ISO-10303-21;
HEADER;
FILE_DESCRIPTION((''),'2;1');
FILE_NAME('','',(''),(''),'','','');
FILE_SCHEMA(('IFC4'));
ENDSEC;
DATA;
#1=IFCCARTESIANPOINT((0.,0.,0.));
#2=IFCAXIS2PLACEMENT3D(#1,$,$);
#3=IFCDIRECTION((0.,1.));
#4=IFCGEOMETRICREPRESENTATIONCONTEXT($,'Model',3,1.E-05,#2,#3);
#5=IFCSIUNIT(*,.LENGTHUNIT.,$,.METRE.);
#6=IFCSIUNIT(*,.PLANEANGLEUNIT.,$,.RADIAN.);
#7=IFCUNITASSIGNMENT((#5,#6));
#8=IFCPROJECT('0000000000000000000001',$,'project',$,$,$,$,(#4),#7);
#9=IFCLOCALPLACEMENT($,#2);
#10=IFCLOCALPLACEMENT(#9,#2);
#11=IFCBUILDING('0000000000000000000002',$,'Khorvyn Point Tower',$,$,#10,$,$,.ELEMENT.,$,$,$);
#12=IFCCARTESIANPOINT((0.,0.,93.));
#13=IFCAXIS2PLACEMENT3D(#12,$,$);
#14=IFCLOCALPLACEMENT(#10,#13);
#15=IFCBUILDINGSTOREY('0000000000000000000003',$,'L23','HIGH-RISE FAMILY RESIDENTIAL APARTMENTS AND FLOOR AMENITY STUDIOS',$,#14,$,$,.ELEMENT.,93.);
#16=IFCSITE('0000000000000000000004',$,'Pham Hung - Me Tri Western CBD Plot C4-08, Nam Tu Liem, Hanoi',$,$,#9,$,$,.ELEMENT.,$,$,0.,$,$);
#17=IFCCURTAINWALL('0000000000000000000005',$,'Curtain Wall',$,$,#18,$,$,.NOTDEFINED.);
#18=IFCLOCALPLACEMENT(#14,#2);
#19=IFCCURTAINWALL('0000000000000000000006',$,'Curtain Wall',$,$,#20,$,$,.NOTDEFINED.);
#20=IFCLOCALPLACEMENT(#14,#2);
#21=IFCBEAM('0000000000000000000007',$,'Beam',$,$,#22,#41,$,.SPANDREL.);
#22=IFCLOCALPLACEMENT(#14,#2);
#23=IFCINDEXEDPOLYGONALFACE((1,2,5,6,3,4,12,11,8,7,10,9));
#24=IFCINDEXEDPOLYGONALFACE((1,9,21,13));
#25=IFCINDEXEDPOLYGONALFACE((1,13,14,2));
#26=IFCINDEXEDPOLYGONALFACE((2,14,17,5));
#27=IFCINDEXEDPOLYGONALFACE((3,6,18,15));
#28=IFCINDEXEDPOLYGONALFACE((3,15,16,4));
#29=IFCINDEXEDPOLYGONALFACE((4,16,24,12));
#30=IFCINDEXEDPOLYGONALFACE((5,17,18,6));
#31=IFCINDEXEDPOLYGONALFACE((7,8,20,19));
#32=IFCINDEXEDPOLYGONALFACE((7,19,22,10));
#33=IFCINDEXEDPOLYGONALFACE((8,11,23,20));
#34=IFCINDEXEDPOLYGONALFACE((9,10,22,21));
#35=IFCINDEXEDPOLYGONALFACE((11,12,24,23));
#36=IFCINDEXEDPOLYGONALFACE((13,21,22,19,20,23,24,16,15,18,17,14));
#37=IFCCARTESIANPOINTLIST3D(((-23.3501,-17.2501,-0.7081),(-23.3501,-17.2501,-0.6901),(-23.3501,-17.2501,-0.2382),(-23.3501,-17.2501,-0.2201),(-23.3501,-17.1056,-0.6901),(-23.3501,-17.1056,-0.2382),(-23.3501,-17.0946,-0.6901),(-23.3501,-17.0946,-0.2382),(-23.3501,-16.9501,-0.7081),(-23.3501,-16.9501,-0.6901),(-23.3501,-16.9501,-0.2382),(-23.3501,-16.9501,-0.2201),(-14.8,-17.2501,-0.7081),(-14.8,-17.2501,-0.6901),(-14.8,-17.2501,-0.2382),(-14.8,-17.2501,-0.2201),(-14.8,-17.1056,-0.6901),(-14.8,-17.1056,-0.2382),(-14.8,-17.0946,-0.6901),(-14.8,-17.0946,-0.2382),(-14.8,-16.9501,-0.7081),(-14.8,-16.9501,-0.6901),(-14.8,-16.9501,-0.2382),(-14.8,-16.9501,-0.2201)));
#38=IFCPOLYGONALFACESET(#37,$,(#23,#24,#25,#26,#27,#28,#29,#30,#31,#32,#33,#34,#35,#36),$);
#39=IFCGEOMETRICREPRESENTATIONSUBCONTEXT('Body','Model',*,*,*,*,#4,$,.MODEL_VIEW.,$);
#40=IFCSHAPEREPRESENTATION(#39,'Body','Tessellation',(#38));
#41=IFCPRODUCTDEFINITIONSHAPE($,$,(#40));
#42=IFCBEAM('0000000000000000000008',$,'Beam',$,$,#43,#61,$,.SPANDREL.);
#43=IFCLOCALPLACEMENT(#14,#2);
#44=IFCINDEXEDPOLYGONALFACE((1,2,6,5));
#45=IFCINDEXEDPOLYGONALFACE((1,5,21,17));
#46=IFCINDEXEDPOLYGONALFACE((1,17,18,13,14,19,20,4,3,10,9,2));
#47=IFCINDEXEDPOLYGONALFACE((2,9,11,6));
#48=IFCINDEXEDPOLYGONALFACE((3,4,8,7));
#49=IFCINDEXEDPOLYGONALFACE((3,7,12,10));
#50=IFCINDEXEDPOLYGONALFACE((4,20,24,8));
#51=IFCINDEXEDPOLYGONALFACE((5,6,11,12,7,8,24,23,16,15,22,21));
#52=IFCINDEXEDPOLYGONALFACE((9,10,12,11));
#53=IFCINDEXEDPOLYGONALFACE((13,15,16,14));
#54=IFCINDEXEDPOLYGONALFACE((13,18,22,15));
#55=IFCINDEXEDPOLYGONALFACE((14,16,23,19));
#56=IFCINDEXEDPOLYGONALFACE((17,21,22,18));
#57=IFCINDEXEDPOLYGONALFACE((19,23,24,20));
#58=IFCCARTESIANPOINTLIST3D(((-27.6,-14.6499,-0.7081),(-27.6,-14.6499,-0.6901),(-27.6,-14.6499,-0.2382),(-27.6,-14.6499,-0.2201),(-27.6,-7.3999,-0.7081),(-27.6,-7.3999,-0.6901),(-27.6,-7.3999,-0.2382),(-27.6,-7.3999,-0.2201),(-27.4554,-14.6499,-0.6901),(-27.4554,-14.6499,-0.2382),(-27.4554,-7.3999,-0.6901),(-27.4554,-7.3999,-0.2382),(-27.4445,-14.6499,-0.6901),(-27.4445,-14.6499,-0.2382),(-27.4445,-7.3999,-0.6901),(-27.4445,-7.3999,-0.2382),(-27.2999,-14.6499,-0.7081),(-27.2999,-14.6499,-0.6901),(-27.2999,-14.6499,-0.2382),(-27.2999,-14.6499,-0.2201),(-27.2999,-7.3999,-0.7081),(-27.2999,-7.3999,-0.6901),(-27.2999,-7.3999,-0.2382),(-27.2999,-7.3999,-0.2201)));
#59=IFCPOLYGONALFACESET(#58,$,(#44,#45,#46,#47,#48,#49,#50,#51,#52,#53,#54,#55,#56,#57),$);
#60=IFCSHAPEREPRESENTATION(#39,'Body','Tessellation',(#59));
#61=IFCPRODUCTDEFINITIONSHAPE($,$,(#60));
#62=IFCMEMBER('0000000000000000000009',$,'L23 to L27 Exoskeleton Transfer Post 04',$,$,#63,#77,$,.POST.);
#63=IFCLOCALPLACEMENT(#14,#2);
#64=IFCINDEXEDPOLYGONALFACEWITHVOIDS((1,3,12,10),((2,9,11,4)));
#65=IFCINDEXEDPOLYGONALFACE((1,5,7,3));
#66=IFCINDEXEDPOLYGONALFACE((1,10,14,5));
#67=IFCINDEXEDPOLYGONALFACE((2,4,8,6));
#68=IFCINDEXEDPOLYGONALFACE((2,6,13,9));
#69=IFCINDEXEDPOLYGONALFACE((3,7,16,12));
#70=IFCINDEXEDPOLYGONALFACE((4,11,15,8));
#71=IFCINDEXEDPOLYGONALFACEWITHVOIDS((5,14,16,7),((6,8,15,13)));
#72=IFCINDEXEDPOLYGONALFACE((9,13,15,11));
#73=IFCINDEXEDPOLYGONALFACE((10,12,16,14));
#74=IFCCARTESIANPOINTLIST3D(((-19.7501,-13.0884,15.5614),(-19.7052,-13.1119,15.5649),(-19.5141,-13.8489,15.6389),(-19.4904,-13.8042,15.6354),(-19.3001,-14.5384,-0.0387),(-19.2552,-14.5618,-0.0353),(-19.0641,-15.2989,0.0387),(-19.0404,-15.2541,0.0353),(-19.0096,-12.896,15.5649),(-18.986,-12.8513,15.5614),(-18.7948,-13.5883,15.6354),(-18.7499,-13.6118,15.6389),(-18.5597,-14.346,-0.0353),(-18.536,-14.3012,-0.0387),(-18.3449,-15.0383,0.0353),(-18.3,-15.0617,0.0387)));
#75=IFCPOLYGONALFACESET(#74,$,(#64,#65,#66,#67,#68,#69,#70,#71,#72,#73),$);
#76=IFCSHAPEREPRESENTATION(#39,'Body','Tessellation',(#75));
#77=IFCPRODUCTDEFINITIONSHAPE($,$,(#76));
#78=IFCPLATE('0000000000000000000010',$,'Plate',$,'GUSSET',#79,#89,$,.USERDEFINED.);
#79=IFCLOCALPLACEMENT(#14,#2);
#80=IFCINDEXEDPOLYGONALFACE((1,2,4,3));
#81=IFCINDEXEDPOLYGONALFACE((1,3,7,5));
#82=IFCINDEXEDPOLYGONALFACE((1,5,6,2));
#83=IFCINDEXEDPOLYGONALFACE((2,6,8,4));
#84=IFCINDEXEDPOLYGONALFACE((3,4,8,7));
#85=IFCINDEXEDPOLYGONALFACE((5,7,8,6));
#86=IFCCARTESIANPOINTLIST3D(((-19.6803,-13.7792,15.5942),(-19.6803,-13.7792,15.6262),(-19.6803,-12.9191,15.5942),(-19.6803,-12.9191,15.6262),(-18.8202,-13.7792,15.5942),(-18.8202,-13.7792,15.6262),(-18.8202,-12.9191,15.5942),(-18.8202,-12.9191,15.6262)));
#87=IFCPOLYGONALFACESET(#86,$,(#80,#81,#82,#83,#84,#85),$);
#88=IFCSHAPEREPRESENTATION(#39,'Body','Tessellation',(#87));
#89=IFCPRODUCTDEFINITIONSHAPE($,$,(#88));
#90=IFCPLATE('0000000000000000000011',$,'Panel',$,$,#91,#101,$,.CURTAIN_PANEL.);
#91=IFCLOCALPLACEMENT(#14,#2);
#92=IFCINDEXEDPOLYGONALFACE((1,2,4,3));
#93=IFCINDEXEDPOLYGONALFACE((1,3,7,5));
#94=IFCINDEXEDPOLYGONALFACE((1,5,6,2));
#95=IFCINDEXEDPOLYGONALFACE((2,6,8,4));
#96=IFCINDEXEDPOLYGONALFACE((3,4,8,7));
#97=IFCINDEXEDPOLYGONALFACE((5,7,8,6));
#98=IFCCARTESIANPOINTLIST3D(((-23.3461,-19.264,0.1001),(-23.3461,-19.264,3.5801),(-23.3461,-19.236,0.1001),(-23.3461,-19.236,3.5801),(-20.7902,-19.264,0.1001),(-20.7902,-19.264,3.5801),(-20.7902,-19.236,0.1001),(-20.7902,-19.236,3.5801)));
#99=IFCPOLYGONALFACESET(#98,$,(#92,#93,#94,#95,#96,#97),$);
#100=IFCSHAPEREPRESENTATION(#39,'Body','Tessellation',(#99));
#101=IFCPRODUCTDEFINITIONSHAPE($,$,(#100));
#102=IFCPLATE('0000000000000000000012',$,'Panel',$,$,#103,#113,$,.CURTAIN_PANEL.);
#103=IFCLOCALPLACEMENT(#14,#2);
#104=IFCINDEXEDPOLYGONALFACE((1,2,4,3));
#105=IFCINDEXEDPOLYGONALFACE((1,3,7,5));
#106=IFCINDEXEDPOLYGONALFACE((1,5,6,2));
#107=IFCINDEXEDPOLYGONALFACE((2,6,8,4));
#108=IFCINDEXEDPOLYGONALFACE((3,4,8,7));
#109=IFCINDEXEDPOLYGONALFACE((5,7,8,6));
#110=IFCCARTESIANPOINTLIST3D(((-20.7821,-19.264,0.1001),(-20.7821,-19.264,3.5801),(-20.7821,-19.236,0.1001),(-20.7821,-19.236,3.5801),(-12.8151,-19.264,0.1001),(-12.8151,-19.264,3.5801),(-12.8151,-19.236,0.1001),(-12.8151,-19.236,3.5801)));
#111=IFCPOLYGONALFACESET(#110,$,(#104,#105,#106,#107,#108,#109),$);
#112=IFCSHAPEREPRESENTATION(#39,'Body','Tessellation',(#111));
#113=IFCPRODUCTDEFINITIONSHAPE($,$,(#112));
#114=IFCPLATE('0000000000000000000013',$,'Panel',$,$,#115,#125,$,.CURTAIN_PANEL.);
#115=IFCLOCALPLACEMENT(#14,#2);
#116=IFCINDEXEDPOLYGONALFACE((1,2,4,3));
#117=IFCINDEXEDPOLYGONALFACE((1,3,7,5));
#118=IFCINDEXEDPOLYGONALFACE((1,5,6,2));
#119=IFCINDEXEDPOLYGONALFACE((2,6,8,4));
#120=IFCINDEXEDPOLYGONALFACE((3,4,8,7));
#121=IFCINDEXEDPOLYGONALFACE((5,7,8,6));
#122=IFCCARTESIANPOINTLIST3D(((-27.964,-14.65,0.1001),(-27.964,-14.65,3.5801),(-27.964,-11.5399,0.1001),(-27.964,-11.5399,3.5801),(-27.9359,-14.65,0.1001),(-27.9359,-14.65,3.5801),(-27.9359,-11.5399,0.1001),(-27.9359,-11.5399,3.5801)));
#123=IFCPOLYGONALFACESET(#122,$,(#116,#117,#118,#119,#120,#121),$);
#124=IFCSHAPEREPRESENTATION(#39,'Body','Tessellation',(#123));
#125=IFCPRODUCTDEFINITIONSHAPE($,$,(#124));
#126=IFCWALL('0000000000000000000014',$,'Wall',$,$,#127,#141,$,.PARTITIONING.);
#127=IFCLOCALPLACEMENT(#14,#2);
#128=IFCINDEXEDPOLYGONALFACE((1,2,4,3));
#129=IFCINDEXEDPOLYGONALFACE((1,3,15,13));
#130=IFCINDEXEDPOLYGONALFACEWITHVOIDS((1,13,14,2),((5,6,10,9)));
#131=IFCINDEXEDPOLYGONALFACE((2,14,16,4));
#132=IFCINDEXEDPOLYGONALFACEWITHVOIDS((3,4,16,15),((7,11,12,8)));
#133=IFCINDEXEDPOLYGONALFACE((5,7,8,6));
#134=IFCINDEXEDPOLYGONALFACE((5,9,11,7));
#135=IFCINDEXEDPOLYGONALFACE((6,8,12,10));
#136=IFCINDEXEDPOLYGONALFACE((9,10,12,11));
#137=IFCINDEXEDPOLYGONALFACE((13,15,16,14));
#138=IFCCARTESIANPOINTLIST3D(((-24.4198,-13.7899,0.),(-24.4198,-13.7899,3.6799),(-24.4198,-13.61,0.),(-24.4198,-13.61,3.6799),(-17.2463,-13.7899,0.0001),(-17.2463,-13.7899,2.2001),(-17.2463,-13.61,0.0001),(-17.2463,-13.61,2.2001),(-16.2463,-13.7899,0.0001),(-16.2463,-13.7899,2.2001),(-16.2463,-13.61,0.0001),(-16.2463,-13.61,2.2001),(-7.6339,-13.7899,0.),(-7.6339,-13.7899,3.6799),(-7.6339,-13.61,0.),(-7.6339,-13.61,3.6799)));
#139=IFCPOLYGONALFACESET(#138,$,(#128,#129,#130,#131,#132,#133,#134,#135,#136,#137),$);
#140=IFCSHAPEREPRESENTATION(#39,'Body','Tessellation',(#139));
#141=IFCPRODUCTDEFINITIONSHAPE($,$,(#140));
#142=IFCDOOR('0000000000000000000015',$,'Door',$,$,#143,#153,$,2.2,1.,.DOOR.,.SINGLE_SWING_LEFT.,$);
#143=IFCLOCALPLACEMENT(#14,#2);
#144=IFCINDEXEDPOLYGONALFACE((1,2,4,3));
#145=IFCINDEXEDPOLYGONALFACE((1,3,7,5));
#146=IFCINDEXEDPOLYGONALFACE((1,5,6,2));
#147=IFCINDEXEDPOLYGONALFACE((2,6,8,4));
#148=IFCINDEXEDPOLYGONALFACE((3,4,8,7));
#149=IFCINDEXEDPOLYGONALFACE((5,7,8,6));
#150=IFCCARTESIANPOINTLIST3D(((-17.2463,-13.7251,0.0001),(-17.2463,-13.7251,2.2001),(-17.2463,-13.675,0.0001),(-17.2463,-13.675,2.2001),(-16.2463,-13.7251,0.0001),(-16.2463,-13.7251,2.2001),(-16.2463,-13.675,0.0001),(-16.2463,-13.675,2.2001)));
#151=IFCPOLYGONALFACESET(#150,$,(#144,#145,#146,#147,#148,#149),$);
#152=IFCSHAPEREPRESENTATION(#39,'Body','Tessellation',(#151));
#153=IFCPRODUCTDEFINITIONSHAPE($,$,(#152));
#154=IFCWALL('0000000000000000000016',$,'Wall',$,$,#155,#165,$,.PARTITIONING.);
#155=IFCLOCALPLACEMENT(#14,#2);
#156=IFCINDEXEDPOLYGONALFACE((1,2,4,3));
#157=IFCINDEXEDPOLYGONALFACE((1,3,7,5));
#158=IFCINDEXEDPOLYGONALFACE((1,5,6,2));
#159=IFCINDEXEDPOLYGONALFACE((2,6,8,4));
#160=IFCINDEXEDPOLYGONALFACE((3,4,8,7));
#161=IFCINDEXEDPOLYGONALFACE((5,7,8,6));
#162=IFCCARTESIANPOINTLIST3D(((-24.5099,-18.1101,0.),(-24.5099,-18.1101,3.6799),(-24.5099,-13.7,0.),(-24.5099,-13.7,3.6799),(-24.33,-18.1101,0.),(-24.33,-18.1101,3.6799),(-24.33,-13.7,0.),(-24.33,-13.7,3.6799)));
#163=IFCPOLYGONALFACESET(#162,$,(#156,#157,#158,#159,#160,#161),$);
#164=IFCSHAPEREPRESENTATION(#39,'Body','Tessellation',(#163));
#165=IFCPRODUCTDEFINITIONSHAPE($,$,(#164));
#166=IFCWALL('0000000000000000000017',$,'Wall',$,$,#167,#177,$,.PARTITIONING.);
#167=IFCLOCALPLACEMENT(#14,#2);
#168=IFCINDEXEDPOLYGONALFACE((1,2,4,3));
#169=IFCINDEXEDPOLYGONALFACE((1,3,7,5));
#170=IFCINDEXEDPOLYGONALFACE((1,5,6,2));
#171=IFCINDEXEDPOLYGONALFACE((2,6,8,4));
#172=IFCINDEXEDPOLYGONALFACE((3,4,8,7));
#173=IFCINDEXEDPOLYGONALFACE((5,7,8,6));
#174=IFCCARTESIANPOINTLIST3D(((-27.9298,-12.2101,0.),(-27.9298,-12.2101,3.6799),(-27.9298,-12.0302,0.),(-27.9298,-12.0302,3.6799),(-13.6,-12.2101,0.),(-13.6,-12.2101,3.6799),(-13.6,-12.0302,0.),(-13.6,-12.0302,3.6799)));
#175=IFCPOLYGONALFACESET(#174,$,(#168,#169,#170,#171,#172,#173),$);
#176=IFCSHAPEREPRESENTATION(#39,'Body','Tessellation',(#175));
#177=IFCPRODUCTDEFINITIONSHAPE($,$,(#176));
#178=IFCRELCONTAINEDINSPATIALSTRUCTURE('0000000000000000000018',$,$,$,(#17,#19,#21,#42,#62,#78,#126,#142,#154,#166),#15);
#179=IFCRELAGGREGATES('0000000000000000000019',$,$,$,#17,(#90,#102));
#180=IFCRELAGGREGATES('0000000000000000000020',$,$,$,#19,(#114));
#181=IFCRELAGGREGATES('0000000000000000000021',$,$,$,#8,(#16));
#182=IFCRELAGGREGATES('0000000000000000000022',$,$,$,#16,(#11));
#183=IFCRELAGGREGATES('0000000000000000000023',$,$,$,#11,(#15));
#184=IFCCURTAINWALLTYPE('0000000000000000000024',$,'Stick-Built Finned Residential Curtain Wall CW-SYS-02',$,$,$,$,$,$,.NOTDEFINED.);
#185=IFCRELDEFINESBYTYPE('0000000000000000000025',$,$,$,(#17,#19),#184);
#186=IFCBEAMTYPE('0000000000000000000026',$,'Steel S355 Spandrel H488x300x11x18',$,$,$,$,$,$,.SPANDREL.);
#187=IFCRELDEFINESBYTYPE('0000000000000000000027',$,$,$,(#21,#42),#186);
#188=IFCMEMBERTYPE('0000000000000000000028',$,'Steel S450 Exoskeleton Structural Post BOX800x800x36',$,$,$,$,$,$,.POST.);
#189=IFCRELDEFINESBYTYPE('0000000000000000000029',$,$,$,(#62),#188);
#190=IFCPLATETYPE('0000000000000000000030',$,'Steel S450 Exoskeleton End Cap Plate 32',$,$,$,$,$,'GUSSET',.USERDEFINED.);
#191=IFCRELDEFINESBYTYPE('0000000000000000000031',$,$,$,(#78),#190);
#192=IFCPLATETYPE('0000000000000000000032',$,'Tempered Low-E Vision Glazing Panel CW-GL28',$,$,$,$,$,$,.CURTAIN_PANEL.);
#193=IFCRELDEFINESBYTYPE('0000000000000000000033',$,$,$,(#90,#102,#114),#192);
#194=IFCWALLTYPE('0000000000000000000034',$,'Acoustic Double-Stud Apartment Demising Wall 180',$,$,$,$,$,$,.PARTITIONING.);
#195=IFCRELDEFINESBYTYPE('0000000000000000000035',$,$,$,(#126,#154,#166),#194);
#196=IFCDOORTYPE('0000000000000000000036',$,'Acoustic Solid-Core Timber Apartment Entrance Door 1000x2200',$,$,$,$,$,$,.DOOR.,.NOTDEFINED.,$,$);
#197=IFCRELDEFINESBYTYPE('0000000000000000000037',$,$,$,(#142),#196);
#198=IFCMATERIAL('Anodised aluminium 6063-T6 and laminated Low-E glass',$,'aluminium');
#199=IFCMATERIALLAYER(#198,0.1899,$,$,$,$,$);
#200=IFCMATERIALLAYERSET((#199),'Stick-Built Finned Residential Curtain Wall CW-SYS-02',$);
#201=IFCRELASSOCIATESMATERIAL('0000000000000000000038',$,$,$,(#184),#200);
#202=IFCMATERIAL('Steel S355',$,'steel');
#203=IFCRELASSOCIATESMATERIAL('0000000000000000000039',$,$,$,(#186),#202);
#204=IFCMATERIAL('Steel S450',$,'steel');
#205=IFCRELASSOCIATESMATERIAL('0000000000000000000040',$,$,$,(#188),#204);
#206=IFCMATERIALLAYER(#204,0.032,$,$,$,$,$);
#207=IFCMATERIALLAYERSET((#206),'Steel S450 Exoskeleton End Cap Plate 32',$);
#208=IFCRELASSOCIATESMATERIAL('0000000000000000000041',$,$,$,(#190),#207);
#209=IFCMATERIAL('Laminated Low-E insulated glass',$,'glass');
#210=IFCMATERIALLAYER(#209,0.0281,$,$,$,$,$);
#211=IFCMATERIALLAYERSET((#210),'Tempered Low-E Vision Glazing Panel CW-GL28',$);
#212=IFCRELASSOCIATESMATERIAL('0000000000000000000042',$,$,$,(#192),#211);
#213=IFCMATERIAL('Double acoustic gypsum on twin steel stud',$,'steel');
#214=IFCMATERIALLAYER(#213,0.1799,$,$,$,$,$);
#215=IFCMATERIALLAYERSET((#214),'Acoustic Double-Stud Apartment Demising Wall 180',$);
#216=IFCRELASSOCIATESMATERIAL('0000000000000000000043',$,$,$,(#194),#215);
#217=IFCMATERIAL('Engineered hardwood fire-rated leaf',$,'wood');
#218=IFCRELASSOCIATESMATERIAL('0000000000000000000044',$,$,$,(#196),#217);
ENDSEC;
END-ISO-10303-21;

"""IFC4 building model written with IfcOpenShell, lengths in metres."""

from ifc_helpers import new_model, si_unit, direction, frame, frame_2d, origin, origin_2d, place, context, subcontext, project, spatial, rectangle, hollow_rectangle, i_section, extrude, material, layer, layer_set, material_profile, profile_set, type_object, element, fill, aggregate, save


model = new_model("IFC4")

# Units and contexts
model_context = context("Model", 3, precision=1e-05, world=origin(), true_north=direction((0.0, 1.0)))
body_context = subcontext(model_context, "Body", "Model", "MODEL_VIEW")
ifc_project = project(units=[si_unit("LENGTHUNIT", "METRE"), si_unit("PLANEANGLEUNIT", "RADIAN")], contexts=[model_context])

# Site, building, storey
site_placement = place(None, origin())
site = spatial("IfcSite", under=ifc_project, at=site_placement, Name="Pham Hung - Me Tri Western CBD Plot C4-08, Nam Tu Liem, Hanoi", CompositionType="ELEMENT", RefElevation=0.0)
building_placement = place(site_placement, origin())
building = spatial("IfcBuilding", under=site, at=building_placement, Name="Khorvyn Point Tower", CompositionType="ELEMENT")
storey_placement = place(building_placement, frame((0.0, 0.0, 93.0)))
storey = spatial("IfcBuildingStorey", under=building, at=storey_placement, Name="L23", Description="HIGH-RISE FAMILY RESIDENTIAL APARTMENTS AND FLOOR AMENITY STUDIOS", CompositionType="ELEMENT", Elevation=93.0)

# Shared definitions
ifc_material_1 = material(Name="Steel S450", Category="steel")

# Curtain wall
ifc_material_2 = material(Name="Anodised aluminium 6063-T6 and laminated Low-E glass", Category="aluminium")
ifc_layer_1 = layer(ifc_material_2, 0.1899)
ifc_layer_set_1 = layer_set([ifc_layer_1], Name="Stick-Built Finned Residential Curtain Wall CW-SYS-02")
curtain_wall_type = type_object("IfcCurtainWallType", Name="Stick-Built Finned Residential Curtain Wall CW-SYS-02", PredefinedType="NOTDEFINED", material=ifc_layer_set_1)
curtain_wall_1_placement = place(storey_placement, origin())
curtain_wall_1 = element("IfcCurtainWall", 1, at=curtain_wall_1_placement, inside=storey, type_object=curtain_wall_type, Name="Curtain Wall", PredefinedType="NOTDEFINED")

# Curtain wall
curtain_wall_2_placement = place(storey_placement, origin())
curtain_wall_2 = element("IfcCurtainWall", 2, at=curtain_wall_2_placement, inside=storey, type_object=curtain_wall_type, Name="Curtain Wall", PredefinedType="NOTDEFINED")

# Beams
ifc_material_3 = material(Name="Steel S355", Category="steel")
ifc_material_profile_1 = material_profile(ifc_material_3, i_section(OverallWidth=0.3, OverallDepth=0.488, WebThickness=0.011, FlangeThickness=0.0181, at=origin_2d()))
ifc_profile_set_1 = profile_set([ifc_material_profile_1], Name="Steel S355 H488x300x11x18")
beam_type_1 = type_object("IfcBeamType", Name="Steel S355 Spandrel H488x300x11x18", PredefinedType="SPANDREL", material=ifc_profile_set_1)
beam_1_placement = place(storey_placement, frame((-23.3501, -17.1001, -0.4641), z_axis=(1.0, 0.0, 0.0), x_axis=(0.0, 1.0, 0.0)))
element("IfcBeam", 3, at=beam_1_placement, inside=storey, type_object=beam_type_1, Name="Beam", PredefinedType="SPANDREL", context=body_context, shape_type="SweptSolid", body=[
    extrude(i_section(OverallWidth=0.3, OverallDepth=0.488, WebThickness=0.011, FlangeThickness=0.0181, at=origin_2d()), origin(), (0.0, 0.0, 1.0), 8.55),
])
beam_2_placement = place(storey_placement, frame((-27.45, -14.6499, -0.4641), z_axis=(0.0, 1.0, 0.0), x_axis=(-1.0, 0.0, 0.0)))
element("IfcBeam", 4, at=beam_2_placement, inside=storey, type_object=beam_type_1, Name="Beam", PredefinedType="SPANDREL", context=body_context, shape_type="SweptSolid", body=[
    extrude(i_section(OverallWidth=0.3, OverallDepth=0.488, WebThickness=0.011, FlangeThickness=0.0181, at=origin_2d()), origin(), (0.0, 0.0, 1.0), 7.25),
])

# Member
ifc_material_profile_2 = material_profile(ifc_material_1, hollow_rectangle(XDim=0.8, YDim=0.8, WallThickness=0.0359, at=origin_2d()))
ifc_profile_set_2 = profile_set([ifc_material_profile_2], Name="Steel S450 BOX800x800x36")
member_type_1 = type_object("IfcMemberType", Name="Steel S450 Exoskeleton Structural Post BOX800x800x36", PredefinedType="POST", material=ifc_profile_set_2)
member_1_placement = place(storey_placement, frame((-18.8, -14.8, 0.0), z_axis=(-0.028707, 0.092508, 0.995298), x_axis=(-0.95507, -0.296379, 0.0)))
element("IfcMember", 5, at=member_1_placement, inside=storey, type_object=member_type_1, Name="L23 to L27 Exoskeleton Transfer Post 04", PredefinedType="POST", context=body_context, shape_type="SweptSolid", body=[
    extrude(hollow_rectangle(XDim=0.8, YDim=0.8, WallThickness=0.0359, at=origin_2d()), origin(), (0.0, 0.0, 1.0), 15.6738),
])

# Plates
ifc_layer_2 = layer(ifc_material_1, 0.032)
ifc_layer_set_2 = layer_set([ifc_layer_2], Name="Steel S450 Exoskeleton End Cap Plate 32")
plate_type_1 = type_object("IfcPlateType", Name="Steel S450 Exoskeleton End Cap Plate 32", ElementType="GUSSET", PredefinedType="USERDEFINED", material=ifc_layer_set_2)
plate_1_placement = place(storey_placement, frame((-19.2502, -13.3491, 15.5942), z_axis=(0.0, 0.0, 1.0), x_axis=(1.0, 0.0, 0.0)))
element("IfcPlate", 6, at=plate_1_placement, inside=storey, type_object=plate_type_1, Name="Plate", ObjectType="GUSSET", PredefinedType="USERDEFINED", context=body_context, shape_type="SweptSolid", body=[
    extrude(rectangle(XDim=0.8601, YDim=0.8601, at=origin_2d()), origin(), (0.0, 0.0, 1.0), 0.032),
])
ifc_material_4 = material(Name="Laminated Low-E insulated glass", Category="glass")
ifc_layer_3 = layer(ifc_material_4, 0.0281)
ifc_layer_set_3 = layer_set([ifc_layer_3], Name="Tempered Low-E Vision Glazing Panel CW-GL28")
plate_type_2 = type_object("IfcPlateType", Name="Tempered Low-E Vision Glazing Panel CW-GL28", PredefinedType="CURTAIN_PANEL", material=ifc_layer_set_3)
plate_2_placement = place(storey_placement, frame((-22.0681, -19.25, 0.1001), z_axis=(0.0, 0.0, 1.0), x_axis=(-1.0, 0.0, 0.0)))
plate_2 = element("IfcPlate", 7, at=plate_2_placement, type_object=plate_type_2, Name="Panel", PredefinedType="CURTAIN_PANEL", context=body_context, shape_type="SweptSolid", body=[
    extrude(rectangle(XDim=2.5559, YDim=0.0281, at=origin_2d()), origin(), (0.0, 0.0, 1.0), 3.48),
])
plate_3_placement = place(storey_placement, frame((-16.7986, -19.25, 0.1001), z_axis=(0.0, 0.0, 1.0), x_axis=(-1.0, 0.0, 0.0)))
plate_3 = element("IfcPlate", 8, at=plate_3_placement, type_object=plate_type_2, Name="Panel", PredefinedType="CURTAIN_PANEL", context=body_context, shape_type="SweptSolid", body=[
    extrude(rectangle(XDim=7.967, YDim=0.0281, at=origin_2d()), origin(), (0.0, 0.0, 1.0), 3.48),
])
aggregate(curtain_wall_1, [plate_2, plate_3])
plate_4_placement = place(storey_placement, frame((-27.95, -13.095, 0.1001), z_axis=(0.0, 0.0, 1.0), x_axis=(0.0, 1.0, 0.0)))
plate_4 = element("IfcPlate", 9, at=plate_4_placement, type_object=plate_type_2, Name="Panel", PredefinedType="CURTAIN_PANEL", context=body_context, shape_type="SweptSolid", body=[
    extrude(rectangle(XDim=3.1101, YDim=0.0281, at=origin_2d()), origin(), (0.0, 0.0, 1.0), 3.48),
])
aggregate(curtain_wall_2, [plate_4])

# Wall, opening, door
ifc_material_5 = material(Name="Double acoustic gypsum on twin steel stud", Category="steel")
ifc_layer_4 = layer(ifc_material_5, 0.1799)
ifc_layer_set_4 = layer_set([ifc_layer_4], Name="Acoustic Double-Stud Apartment Demising Wall 180")
wall_type_1 = type_object("IfcWallType", Name="Acoustic Double-Stud Apartment Demising Wall 180", PredefinedType="PARTITIONING", material=ifc_layer_set_4)
wall_1_placement = place(storey_placement, frame((-24.4199, -13.7, 0.0), z_axis=(0.0, 0.0, 1.0), x_axis=(1.0, 0.0, 0.0)))
wall_1 = element("IfcWall", 10, at=wall_1_placement, inside=storey, type_object=wall_type_1, Name="Wall", PredefinedType="PARTITIONING", context=body_context, shape_type="SweptSolid", body=[
    extrude(rectangle(XDim=16.7859, YDim=0.1799, at=frame_2d((8.3931, 0.0))), origin(), (0.0, 0.0, 1.0), 3.6799),
])
opening_1_placement = place(wall_1_placement, frame((7.1736, 0.0, 0.0)))
opening_1 = element("IfcOpeningElement", 11, at=opening_1_placement, cuts=wall_1, PredefinedType="OPENING", context=body_context, shape_type="SweptSolid", body=[
    extrude(rectangle(XDim=1.0, YDim=2.2, at=frame_2d((0.5, 1.1001))), frame((0.0, 0.0999, 0.0), z_axis=(0.0, -1.0, 0.0), x_axis=(1.0, 0.0, 0.0)), (0.0, 0.0, 1.0), 0.2),
])
ifc_material_6 = material(Name="Engineered hardwood fire-rated leaf", Category="wood")
door_type_1 = type_object("IfcDoorType", Name="Acoustic Solid-Core Timber Apartment Entrance Door 1000x2200", OperationType="NOTDEFINED", PredefinedType="DOOR", material=ifc_material_6)
door_1_placement = place(opening_1_placement, origin())
door_1 = element("IfcDoor", 12, at=door_1_placement, inside=storey, type_object=door_type_1, Name="Door", OperationType="SINGLE_SWING_LEFT", OverallHeight=2.2, OverallWidth=1.0, PredefinedType="DOOR", context=body_context, shape_type="SweptSolid", body=[
    extrude(rectangle(XDim=1.0, YDim=2.2, at=frame_2d((0.5, 1.1001))), frame((0.0, 0.0249, 0.0), z_axis=(0.0, -1.0, 0.0), x_axis=(1.0, 0.0, 0.0)), (0.0, 0.0, 1.0), 0.05),
])
fill(opening_1, door_1)

# Walls
wall_2_placement = place(storey_placement, frame((-24.4199, -18.1101, 0.0), z_axis=(0.0, 0.0, 1.0), x_axis=(0.0, 1.0, 0.0)))
element("IfcWall", 13, at=wall_2_placement, inside=storey, type_object=wall_type_1, Name="Wall", PredefinedType="PARTITIONING", context=body_context, shape_type="SweptSolid", body=[
    extrude(rectangle(XDim=4.4102, YDim=0.1799, at=frame_2d((2.2051, 0.0))), origin(), (0.0, 0.0, 1.0), 3.6799),
])
wall_3_placement = place(storey_placement, frame((-27.9299, -12.1201, 0.0), z_axis=(0.0, 0.0, 1.0), x_axis=(1.0, 0.0, 0.0)))
element("IfcWall", 14, at=wall_3_placement, inside=storey, type_object=wall_type_1, Name="Wall", PredefinedType="PARTITIONING", context=body_context, shape_type="SweptSolid", body=[
    extrude(rectangle(XDim=14.3298, YDim=0.1799, at=frame_2d((7.165, 0.0))), origin(), (0.0, 0.0, 1.0), 3.6799),
])

save(model, "model.ifc")
